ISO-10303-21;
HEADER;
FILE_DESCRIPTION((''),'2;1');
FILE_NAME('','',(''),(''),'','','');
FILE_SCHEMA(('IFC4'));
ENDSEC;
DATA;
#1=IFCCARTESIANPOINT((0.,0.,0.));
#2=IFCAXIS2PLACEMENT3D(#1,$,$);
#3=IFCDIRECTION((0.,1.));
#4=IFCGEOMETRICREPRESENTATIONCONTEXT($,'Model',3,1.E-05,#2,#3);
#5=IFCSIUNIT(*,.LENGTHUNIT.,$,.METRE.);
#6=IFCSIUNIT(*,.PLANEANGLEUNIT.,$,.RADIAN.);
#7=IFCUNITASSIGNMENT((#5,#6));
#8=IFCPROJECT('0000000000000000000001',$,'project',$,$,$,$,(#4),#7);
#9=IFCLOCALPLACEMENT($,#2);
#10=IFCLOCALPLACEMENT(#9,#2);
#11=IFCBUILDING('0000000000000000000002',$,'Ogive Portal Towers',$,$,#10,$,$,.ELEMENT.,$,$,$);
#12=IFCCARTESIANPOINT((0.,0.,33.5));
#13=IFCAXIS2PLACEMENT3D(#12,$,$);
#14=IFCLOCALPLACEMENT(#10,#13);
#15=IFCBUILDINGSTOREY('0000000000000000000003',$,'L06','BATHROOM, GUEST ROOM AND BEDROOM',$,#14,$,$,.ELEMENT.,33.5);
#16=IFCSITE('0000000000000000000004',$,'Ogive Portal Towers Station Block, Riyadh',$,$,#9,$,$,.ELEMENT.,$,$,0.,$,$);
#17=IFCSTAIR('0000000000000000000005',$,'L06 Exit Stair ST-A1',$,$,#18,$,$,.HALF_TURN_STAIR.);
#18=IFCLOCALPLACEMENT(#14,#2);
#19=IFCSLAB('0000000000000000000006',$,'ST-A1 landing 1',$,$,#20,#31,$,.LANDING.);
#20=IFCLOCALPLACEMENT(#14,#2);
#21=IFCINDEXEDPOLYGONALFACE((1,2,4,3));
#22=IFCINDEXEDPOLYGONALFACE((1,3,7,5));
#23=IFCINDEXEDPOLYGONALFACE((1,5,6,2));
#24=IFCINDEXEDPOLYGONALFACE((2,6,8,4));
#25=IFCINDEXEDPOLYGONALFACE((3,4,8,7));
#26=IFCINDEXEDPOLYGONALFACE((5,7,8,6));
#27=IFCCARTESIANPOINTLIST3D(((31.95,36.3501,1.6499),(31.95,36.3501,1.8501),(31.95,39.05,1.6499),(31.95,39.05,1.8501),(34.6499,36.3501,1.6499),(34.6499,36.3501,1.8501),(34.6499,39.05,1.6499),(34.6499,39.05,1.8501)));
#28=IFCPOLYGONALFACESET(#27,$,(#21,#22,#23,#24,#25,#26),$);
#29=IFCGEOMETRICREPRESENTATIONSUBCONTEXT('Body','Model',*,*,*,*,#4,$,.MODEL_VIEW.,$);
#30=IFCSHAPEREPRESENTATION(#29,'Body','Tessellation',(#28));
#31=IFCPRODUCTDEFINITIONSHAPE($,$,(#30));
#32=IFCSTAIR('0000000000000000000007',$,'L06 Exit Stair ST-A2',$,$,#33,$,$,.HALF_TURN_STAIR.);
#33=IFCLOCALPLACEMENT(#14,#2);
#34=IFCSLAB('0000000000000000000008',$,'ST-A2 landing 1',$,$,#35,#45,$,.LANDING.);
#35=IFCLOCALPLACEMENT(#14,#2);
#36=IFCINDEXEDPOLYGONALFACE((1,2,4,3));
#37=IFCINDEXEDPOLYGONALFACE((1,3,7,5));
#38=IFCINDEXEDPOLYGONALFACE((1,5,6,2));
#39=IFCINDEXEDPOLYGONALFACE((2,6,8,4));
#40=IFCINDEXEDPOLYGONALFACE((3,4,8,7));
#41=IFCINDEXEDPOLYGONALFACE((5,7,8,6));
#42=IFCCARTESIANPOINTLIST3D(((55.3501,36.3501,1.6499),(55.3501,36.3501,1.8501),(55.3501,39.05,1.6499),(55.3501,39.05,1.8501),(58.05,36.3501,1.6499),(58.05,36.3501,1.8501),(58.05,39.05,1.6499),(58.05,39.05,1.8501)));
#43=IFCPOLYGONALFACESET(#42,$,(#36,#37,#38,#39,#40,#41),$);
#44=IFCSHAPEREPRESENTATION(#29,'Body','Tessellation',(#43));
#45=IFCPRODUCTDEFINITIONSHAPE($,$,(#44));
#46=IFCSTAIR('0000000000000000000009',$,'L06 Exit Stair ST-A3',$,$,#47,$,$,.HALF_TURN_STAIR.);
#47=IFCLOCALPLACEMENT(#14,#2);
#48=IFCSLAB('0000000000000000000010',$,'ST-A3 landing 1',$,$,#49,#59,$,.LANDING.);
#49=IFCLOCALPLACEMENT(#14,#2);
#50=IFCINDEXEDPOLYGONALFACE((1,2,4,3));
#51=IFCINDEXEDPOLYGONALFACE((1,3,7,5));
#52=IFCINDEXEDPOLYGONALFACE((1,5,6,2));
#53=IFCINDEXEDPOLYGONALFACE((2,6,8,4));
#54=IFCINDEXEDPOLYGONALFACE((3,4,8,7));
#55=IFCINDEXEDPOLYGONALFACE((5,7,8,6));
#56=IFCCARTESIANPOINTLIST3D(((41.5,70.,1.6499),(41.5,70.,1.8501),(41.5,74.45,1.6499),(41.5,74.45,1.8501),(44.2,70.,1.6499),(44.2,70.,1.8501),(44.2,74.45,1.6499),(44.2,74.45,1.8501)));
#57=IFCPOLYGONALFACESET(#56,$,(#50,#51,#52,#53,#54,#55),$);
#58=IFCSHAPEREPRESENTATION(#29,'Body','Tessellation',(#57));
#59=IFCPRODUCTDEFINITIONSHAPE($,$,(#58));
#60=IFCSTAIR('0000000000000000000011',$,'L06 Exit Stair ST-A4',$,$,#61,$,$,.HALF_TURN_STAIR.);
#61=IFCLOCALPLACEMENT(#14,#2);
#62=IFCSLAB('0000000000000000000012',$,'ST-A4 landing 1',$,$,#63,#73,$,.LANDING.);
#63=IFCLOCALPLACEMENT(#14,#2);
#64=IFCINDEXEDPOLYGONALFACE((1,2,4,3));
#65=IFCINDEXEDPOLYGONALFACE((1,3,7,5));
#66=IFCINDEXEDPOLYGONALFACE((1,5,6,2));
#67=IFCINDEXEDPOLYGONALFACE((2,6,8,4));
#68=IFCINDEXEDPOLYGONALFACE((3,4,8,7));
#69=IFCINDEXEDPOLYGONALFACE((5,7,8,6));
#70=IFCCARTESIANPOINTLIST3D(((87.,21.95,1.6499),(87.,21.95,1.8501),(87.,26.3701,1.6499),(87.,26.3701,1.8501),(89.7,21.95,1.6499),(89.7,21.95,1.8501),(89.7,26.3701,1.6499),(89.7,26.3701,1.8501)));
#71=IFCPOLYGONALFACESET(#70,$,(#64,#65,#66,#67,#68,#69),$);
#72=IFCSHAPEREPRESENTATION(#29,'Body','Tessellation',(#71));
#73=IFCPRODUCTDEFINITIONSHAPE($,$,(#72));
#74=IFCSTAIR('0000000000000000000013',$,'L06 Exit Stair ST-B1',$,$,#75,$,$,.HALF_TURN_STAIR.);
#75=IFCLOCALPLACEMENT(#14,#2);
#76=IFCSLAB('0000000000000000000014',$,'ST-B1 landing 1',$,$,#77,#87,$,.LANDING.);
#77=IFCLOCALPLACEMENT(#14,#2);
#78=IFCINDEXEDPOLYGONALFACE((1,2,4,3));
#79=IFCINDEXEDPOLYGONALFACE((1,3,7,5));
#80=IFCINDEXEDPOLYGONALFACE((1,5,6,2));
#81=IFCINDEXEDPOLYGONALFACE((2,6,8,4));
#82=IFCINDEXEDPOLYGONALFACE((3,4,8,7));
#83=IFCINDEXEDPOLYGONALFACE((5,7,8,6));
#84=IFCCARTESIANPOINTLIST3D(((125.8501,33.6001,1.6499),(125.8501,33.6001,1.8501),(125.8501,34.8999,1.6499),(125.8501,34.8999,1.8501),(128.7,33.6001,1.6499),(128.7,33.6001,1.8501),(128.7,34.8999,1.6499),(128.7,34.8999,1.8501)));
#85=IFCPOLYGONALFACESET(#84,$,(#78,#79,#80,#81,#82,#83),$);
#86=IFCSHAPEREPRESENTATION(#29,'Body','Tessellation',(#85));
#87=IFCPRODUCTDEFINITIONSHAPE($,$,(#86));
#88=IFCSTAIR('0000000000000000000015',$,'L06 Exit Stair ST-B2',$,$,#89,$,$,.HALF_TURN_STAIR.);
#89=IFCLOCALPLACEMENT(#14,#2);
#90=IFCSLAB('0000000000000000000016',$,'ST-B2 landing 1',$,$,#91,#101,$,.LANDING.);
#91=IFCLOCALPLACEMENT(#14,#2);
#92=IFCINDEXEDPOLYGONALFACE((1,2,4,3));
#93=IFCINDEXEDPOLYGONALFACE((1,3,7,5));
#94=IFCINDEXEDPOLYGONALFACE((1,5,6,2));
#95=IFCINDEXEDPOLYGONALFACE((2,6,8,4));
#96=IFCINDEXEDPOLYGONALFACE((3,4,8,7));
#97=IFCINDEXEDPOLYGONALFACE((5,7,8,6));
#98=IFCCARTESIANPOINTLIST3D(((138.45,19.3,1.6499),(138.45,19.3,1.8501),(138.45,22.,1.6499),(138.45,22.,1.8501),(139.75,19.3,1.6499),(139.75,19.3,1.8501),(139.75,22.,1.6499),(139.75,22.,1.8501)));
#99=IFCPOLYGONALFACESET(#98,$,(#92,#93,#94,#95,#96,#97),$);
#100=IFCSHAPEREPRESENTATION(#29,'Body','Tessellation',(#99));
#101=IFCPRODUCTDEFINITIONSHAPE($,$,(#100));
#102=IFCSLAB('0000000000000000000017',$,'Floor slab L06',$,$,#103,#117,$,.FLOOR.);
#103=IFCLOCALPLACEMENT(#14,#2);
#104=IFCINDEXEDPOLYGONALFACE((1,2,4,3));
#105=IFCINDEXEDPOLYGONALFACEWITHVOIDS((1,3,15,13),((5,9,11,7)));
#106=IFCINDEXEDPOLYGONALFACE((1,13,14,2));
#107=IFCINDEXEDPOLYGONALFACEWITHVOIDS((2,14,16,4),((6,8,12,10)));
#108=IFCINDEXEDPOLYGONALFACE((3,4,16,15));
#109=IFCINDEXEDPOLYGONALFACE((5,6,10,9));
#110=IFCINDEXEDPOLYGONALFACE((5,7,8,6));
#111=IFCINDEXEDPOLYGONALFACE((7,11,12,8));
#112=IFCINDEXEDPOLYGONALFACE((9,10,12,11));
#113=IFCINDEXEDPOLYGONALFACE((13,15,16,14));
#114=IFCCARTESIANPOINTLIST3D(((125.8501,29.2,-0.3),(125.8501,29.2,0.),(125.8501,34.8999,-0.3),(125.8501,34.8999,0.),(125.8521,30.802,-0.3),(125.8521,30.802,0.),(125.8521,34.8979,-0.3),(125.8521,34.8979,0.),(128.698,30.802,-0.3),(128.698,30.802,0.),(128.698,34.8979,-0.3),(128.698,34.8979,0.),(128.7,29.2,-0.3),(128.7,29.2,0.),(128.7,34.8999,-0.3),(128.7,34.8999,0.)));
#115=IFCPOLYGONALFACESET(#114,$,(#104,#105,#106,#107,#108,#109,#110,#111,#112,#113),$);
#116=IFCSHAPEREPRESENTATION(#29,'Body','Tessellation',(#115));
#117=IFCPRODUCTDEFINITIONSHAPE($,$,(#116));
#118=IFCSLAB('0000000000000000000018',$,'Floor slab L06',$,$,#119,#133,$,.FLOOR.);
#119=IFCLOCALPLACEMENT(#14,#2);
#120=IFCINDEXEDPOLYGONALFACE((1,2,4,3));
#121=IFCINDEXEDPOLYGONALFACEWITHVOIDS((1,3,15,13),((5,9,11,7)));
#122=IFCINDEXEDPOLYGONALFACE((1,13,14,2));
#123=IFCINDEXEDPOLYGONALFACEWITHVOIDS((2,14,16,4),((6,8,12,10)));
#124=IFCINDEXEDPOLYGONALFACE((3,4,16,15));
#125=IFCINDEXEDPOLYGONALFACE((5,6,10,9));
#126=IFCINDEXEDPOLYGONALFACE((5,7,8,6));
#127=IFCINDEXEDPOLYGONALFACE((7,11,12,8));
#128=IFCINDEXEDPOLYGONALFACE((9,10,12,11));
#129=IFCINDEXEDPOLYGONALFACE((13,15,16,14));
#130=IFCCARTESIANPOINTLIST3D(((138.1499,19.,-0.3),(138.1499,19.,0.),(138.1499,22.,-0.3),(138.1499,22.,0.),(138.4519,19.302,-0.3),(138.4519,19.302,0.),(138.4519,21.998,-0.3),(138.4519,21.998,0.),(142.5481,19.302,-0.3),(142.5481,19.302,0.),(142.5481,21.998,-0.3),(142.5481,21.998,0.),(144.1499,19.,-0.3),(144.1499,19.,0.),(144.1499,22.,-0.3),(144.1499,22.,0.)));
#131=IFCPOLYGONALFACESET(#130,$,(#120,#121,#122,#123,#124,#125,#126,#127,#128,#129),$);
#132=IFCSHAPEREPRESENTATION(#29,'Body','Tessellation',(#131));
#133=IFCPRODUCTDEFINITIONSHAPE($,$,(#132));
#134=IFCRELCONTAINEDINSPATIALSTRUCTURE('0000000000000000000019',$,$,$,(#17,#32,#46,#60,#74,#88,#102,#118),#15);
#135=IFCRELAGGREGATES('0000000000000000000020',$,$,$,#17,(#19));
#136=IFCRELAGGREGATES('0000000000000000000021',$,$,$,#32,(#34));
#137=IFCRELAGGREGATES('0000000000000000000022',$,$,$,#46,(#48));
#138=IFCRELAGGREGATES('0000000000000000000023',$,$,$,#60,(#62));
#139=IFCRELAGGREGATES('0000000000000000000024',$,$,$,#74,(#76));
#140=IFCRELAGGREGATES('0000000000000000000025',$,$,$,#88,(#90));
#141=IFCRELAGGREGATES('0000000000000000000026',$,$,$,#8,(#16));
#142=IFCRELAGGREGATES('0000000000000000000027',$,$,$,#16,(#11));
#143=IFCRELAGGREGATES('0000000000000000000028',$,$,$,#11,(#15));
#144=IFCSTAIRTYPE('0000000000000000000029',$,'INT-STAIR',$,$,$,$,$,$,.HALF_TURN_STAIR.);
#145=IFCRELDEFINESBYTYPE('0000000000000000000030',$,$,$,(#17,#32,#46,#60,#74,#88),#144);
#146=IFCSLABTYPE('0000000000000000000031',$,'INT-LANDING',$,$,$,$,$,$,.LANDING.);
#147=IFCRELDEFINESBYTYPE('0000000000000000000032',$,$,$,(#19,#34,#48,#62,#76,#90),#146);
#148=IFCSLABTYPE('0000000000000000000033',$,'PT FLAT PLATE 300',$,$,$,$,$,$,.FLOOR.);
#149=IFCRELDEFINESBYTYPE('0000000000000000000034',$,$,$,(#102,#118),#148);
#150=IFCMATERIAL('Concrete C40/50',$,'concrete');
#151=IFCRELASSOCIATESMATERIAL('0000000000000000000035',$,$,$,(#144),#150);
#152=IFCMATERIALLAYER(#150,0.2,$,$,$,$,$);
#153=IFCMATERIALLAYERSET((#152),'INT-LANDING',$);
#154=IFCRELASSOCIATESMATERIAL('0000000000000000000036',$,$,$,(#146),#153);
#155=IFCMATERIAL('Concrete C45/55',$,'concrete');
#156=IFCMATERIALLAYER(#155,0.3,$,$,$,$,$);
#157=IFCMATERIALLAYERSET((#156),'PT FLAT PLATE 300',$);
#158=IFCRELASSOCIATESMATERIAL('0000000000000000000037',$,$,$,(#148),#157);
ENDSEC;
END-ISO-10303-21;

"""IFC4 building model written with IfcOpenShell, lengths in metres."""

from ifc_helpers import new_model, si_unit, direction, frame, origin, place, context, subcontext, project, spatial, polyline, outline, extrude, material, layer, layer_set, type_object, element, aggregate, save


model = new_model("IFC4")

# Units and contexts
model_context = context("Model", 3, precision=1e-05, world=origin(), true_north=direction((0.0, 1.0)))
body_context = subcontext(model_context, "Body", "Model", "MODEL_VIEW")
ifc_project = project(units=[si_unit("LENGTHUNIT", "METRE"), si_unit("PLANEANGLEUNIT", "RADIAN")], contexts=[model_context])

# Site, building, storey
site_placement = place(None, origin())
site = spatial("IfcSite", under=ifc_project, at=site_placement, Name="Ogive Portal Towers Station Block, Riyadh", CompositionType="ELEMENT", RefElevation=0.0)
building_placement = place(site_placement, origin())
building = spatial("IfcBuilding", under=site, at=building_placement, Name="Ogive Portal Towers", CompositionType="ELEMENT")
storey_placement = place(building_placement, frame((0.0, 0.0, 33.5)))
storey = spatial("IfcBuildingStorey", under=building, at=storey_placement, Name="L06", Description="BATHROOM, GUEST ROOM AND BEDROOM", CompositionType="ELEMENT", Elevation=33.5)

# Stairs, slabs
ifc_material_1 = material(Name="Concrete C40/50", Category="concrete")
stair_type = type_object("IfcStairType", Name="INT-STAIR", PredefinedType="HALF_TURN_STAIR", material=ifc_material_1)
stair_1_placement = place(storey_placement, origin())
stair_1 = element("IfcStair", 1, at=stair_1_placement, inside=storey, type_object=stair_type, Name="L06 Exit Stair ST-A1", PredefinedType="HALF_TURN_STAIR")
ifc_layer_1 = layer(ifc_material_1, 0.2)
ifc_layer_set_1 = layer_set([ifc_layer_1], Name="INT-LANDING")
slab_type_1 = type_object("IfcSlabType", Name="INT-LANDING", PredefinedType="LANDING", material=ifc_layer_set_1)
slab_1_placement = place(storey_placement, frame((0.0, 0.0, 1.6499)))
slab_1 = element("IfcSlab", 2, at=slab_1_placement, type_object=slab_type_1, Name="ST-A1 landing 1", PredefinedType="LANDING", context=body_context, shape_type="SweptSolid", body=[
    extrude(outline(polyline([(34.6499, 39.05), (31.95, 39.05), (31.95, 36.3501), (34.6499, 36.3501), (34.6499, 39.05)])), origin(), (0.0, 0.0, 1.0), 0.2002),
])
aggregate(stair_1, [slab_1])
stair_2_placement = place(storey_placement, origin())
stair_2 = element("IfcStair", 3, at=stair_2_placement, inside=storey, type_object=stair_type, Name="L06 Exit Stair ST-A2", PredefinedType="HALF_TURN_STAIR")
slab_2_placement = place(storey_placement, frame((0.0, 0.0, 1.6499)))
slab_2 = element("IfcSlab", 4, at=slab_2_placement, type_object=slab_type_1, Name="ST-A2 landing 1", PredefinedType="LANDING", context=body_context, shape_type="SweptSolid", body=[
    extrude(outline(polyline([(55.3501, 36.3501), (58.05, 36.3501), (58.05, 39.05), (55.3501, 39.05), (55.3501, 36.3501)])), origin(), (0.0, 0.0, 1.0), 0.2002),
])
aggregate(stair_2, [slab_2])
stair_3_placement = place(storey_placement, origin())
stair_3 = element("IfcStair", 5, at=stair_3_placement, inside=storey, type_object=stair_type, Name="L06 Exit Stair ST-A3", PredefinedType="HALF_TURN_STAIR")
slab_3_placement = place(storey_placement, frame((0.0, 0.0, 1.6499)))
slab_3 = element("IfcSlab", 6, at=slab_3_placement, type_object=slab_type_1, Name="ST-A3 landing 1", PredefinedType="LANDING", context=body_context, shape_type="SweptSolid", body=[
    extrude(outline(polyline([(44.2, 70.0), (44.2, 74.45), (41.5, 74.45), (41.5, 70.0), (44.2, 70.0)])), origin(), (0.0, 0.0, 1.0), 0.2002),
])
aggregate(stair_3, [slab_3])
stair_4_placement = place(storey_placement, origin())
stair_4 = element("IfcStair", 7, at=stair_4_placement, inside=storey, type_object=stair_type, Name="L06 Exit Stair ST-A4", PredefinedType="HALF_TURN_STAIR")
slab_4_placement = place(storey_placement, frame((0.0, 0.0, 1.6499)))
slab_4 = element("IfcSlab", 8, at=slab_4_placement, type_object=slab_type_1, Name="ST-A4 landing 1", PredefinedType="LANDING", context=body_context, shape_type="SweptSolid", body=[
    extrude(outline(polyline([(87.0, 26.3701), (87.0, 21.95), (89.7, 21.95), (89.7, 26.3701), (87.0, 26.3701)])), origin(), (0.0, 0.0, 1.0), 0.2002),
])
aggregate(stair_4, [slab_4])
stair_5_placement = place(storey_placement, origin())
stair_5 = element("IfcStair", 9, at=stair_5_placement, inside=storey, type_object=stair_type, Name="L06 Exit Stair ST-B1", PredefinedType="HALF_TURN_STAIR")
slab_5_placement = place(storey_placement, frame((0.0, 0.0, 1.6499)))
slab_5 = element("IfcSlab", 10, at=slab_5_placement, type_object=slab_type_1, Name="ST-B1 landing 1", PredefinedType="LANDING", context=body_context, shape_type="SweptSolid", body=[
    extrude(outline(polyline([(128.7, 33.6001), (128.7, 34.8999), (125.8501, 34.8999), (125.8501, 33.6001), (128.7, 33.6001)])), origin(), (0.0, 0.0, 1.0), 0.2002),
])
aggregate(stair_5, [slab_5])
stair_6_placement = place(storey_placement, origin())
stair_6 = element("IfcStair", 11, at=stair_6_placement, inside=storey, type_object=stair_type, Name="L06 Exit Stair ST-B2", PredefinedType="HALF_TURN_STAIR")
slab_6_placement = place(storey_placement, frame((0.0, 0.0, 1.6499)))
slab_6 = element("IfcSlab", 12, at=slab_6_placement, type_object=slab_type_1, Name="ST-B2 landing 1", PredefinedType="LANDING", context=body_context, shape_type="SweptSolid", body=[
    extrude(outline(polyline([(139.75, 22.0), (138.45, 22.0), (138.45, 19.3), (139.75, 19.3), (139.75, 22.0)])), origin(), (0.0, 0.0, 1.0), 0.2002),
])
aggregate(stair_6, [slab_6])

# Slabs
ifc_material_2 = material(Name="Concrete C45/55", Category="concrete")
ifc_layer_2 = layer(ifc_material_2, 0.3)
ifc_layer_set_2 = layer_set([ifc_layer_2], Name="PT FLAT PLATE 300")
slab_type_2 = type_object("IfcSlabType", Name="PT FLAT PLATE 300", PredefinedType="FLOOR", material=ifc_layer_set_2)
slab_7_placement = place(storey_placement, frame((0.0, 0.0, -0.3)))
element("IfcSlab", 13, at=slab_7_placement, inside=storey, type_object=slab_type_2, Name="Floor slab L06", PredefinedType="FLOOR", context=body_context, shape_type="SweptSolid", body=[
    extrude(outline(polyline([(125.8501, 29.2), (128.7, 29.2), (128.7, 34.8999), (125.8501, 34.8999), (125.8501, 29.2)]), holes=[polyline([(128.698, 34.8979), (128.698, 30.802), (125.8521, 30.802), (125.8521, 34.8979), (128.698, 34.8979)])]), origin(), (0.0, 0.0, 1.0), 0.3),
])
slab_8_placement = place(storey_placement, frame((0.0, 0.0, -0.3)))
element("IfcSlab", 14, at=slab_8_placement, inside=storey, type_object=slab_type_2, Name="Floor slab L06", PredefinedType="FLOOR", context=body_context, shape_type="SweptSolid", body=[
    extrude(outline(polyline([(138.1499, 19.0), (144.1499, 19.0), (144.1499, 22.0), (138.1499, 22.0), (138.1499, 19.0)]), holes=[polyline([(138.4519, 21.998), (142.5481, 21.998), (142.5481, 19.302), (138.4519, 19.302), (138.4519, 21.998)])]), origin(), (0.0, 0.0, 1.0), 0.3),
])

save(model, "model.ifc")
